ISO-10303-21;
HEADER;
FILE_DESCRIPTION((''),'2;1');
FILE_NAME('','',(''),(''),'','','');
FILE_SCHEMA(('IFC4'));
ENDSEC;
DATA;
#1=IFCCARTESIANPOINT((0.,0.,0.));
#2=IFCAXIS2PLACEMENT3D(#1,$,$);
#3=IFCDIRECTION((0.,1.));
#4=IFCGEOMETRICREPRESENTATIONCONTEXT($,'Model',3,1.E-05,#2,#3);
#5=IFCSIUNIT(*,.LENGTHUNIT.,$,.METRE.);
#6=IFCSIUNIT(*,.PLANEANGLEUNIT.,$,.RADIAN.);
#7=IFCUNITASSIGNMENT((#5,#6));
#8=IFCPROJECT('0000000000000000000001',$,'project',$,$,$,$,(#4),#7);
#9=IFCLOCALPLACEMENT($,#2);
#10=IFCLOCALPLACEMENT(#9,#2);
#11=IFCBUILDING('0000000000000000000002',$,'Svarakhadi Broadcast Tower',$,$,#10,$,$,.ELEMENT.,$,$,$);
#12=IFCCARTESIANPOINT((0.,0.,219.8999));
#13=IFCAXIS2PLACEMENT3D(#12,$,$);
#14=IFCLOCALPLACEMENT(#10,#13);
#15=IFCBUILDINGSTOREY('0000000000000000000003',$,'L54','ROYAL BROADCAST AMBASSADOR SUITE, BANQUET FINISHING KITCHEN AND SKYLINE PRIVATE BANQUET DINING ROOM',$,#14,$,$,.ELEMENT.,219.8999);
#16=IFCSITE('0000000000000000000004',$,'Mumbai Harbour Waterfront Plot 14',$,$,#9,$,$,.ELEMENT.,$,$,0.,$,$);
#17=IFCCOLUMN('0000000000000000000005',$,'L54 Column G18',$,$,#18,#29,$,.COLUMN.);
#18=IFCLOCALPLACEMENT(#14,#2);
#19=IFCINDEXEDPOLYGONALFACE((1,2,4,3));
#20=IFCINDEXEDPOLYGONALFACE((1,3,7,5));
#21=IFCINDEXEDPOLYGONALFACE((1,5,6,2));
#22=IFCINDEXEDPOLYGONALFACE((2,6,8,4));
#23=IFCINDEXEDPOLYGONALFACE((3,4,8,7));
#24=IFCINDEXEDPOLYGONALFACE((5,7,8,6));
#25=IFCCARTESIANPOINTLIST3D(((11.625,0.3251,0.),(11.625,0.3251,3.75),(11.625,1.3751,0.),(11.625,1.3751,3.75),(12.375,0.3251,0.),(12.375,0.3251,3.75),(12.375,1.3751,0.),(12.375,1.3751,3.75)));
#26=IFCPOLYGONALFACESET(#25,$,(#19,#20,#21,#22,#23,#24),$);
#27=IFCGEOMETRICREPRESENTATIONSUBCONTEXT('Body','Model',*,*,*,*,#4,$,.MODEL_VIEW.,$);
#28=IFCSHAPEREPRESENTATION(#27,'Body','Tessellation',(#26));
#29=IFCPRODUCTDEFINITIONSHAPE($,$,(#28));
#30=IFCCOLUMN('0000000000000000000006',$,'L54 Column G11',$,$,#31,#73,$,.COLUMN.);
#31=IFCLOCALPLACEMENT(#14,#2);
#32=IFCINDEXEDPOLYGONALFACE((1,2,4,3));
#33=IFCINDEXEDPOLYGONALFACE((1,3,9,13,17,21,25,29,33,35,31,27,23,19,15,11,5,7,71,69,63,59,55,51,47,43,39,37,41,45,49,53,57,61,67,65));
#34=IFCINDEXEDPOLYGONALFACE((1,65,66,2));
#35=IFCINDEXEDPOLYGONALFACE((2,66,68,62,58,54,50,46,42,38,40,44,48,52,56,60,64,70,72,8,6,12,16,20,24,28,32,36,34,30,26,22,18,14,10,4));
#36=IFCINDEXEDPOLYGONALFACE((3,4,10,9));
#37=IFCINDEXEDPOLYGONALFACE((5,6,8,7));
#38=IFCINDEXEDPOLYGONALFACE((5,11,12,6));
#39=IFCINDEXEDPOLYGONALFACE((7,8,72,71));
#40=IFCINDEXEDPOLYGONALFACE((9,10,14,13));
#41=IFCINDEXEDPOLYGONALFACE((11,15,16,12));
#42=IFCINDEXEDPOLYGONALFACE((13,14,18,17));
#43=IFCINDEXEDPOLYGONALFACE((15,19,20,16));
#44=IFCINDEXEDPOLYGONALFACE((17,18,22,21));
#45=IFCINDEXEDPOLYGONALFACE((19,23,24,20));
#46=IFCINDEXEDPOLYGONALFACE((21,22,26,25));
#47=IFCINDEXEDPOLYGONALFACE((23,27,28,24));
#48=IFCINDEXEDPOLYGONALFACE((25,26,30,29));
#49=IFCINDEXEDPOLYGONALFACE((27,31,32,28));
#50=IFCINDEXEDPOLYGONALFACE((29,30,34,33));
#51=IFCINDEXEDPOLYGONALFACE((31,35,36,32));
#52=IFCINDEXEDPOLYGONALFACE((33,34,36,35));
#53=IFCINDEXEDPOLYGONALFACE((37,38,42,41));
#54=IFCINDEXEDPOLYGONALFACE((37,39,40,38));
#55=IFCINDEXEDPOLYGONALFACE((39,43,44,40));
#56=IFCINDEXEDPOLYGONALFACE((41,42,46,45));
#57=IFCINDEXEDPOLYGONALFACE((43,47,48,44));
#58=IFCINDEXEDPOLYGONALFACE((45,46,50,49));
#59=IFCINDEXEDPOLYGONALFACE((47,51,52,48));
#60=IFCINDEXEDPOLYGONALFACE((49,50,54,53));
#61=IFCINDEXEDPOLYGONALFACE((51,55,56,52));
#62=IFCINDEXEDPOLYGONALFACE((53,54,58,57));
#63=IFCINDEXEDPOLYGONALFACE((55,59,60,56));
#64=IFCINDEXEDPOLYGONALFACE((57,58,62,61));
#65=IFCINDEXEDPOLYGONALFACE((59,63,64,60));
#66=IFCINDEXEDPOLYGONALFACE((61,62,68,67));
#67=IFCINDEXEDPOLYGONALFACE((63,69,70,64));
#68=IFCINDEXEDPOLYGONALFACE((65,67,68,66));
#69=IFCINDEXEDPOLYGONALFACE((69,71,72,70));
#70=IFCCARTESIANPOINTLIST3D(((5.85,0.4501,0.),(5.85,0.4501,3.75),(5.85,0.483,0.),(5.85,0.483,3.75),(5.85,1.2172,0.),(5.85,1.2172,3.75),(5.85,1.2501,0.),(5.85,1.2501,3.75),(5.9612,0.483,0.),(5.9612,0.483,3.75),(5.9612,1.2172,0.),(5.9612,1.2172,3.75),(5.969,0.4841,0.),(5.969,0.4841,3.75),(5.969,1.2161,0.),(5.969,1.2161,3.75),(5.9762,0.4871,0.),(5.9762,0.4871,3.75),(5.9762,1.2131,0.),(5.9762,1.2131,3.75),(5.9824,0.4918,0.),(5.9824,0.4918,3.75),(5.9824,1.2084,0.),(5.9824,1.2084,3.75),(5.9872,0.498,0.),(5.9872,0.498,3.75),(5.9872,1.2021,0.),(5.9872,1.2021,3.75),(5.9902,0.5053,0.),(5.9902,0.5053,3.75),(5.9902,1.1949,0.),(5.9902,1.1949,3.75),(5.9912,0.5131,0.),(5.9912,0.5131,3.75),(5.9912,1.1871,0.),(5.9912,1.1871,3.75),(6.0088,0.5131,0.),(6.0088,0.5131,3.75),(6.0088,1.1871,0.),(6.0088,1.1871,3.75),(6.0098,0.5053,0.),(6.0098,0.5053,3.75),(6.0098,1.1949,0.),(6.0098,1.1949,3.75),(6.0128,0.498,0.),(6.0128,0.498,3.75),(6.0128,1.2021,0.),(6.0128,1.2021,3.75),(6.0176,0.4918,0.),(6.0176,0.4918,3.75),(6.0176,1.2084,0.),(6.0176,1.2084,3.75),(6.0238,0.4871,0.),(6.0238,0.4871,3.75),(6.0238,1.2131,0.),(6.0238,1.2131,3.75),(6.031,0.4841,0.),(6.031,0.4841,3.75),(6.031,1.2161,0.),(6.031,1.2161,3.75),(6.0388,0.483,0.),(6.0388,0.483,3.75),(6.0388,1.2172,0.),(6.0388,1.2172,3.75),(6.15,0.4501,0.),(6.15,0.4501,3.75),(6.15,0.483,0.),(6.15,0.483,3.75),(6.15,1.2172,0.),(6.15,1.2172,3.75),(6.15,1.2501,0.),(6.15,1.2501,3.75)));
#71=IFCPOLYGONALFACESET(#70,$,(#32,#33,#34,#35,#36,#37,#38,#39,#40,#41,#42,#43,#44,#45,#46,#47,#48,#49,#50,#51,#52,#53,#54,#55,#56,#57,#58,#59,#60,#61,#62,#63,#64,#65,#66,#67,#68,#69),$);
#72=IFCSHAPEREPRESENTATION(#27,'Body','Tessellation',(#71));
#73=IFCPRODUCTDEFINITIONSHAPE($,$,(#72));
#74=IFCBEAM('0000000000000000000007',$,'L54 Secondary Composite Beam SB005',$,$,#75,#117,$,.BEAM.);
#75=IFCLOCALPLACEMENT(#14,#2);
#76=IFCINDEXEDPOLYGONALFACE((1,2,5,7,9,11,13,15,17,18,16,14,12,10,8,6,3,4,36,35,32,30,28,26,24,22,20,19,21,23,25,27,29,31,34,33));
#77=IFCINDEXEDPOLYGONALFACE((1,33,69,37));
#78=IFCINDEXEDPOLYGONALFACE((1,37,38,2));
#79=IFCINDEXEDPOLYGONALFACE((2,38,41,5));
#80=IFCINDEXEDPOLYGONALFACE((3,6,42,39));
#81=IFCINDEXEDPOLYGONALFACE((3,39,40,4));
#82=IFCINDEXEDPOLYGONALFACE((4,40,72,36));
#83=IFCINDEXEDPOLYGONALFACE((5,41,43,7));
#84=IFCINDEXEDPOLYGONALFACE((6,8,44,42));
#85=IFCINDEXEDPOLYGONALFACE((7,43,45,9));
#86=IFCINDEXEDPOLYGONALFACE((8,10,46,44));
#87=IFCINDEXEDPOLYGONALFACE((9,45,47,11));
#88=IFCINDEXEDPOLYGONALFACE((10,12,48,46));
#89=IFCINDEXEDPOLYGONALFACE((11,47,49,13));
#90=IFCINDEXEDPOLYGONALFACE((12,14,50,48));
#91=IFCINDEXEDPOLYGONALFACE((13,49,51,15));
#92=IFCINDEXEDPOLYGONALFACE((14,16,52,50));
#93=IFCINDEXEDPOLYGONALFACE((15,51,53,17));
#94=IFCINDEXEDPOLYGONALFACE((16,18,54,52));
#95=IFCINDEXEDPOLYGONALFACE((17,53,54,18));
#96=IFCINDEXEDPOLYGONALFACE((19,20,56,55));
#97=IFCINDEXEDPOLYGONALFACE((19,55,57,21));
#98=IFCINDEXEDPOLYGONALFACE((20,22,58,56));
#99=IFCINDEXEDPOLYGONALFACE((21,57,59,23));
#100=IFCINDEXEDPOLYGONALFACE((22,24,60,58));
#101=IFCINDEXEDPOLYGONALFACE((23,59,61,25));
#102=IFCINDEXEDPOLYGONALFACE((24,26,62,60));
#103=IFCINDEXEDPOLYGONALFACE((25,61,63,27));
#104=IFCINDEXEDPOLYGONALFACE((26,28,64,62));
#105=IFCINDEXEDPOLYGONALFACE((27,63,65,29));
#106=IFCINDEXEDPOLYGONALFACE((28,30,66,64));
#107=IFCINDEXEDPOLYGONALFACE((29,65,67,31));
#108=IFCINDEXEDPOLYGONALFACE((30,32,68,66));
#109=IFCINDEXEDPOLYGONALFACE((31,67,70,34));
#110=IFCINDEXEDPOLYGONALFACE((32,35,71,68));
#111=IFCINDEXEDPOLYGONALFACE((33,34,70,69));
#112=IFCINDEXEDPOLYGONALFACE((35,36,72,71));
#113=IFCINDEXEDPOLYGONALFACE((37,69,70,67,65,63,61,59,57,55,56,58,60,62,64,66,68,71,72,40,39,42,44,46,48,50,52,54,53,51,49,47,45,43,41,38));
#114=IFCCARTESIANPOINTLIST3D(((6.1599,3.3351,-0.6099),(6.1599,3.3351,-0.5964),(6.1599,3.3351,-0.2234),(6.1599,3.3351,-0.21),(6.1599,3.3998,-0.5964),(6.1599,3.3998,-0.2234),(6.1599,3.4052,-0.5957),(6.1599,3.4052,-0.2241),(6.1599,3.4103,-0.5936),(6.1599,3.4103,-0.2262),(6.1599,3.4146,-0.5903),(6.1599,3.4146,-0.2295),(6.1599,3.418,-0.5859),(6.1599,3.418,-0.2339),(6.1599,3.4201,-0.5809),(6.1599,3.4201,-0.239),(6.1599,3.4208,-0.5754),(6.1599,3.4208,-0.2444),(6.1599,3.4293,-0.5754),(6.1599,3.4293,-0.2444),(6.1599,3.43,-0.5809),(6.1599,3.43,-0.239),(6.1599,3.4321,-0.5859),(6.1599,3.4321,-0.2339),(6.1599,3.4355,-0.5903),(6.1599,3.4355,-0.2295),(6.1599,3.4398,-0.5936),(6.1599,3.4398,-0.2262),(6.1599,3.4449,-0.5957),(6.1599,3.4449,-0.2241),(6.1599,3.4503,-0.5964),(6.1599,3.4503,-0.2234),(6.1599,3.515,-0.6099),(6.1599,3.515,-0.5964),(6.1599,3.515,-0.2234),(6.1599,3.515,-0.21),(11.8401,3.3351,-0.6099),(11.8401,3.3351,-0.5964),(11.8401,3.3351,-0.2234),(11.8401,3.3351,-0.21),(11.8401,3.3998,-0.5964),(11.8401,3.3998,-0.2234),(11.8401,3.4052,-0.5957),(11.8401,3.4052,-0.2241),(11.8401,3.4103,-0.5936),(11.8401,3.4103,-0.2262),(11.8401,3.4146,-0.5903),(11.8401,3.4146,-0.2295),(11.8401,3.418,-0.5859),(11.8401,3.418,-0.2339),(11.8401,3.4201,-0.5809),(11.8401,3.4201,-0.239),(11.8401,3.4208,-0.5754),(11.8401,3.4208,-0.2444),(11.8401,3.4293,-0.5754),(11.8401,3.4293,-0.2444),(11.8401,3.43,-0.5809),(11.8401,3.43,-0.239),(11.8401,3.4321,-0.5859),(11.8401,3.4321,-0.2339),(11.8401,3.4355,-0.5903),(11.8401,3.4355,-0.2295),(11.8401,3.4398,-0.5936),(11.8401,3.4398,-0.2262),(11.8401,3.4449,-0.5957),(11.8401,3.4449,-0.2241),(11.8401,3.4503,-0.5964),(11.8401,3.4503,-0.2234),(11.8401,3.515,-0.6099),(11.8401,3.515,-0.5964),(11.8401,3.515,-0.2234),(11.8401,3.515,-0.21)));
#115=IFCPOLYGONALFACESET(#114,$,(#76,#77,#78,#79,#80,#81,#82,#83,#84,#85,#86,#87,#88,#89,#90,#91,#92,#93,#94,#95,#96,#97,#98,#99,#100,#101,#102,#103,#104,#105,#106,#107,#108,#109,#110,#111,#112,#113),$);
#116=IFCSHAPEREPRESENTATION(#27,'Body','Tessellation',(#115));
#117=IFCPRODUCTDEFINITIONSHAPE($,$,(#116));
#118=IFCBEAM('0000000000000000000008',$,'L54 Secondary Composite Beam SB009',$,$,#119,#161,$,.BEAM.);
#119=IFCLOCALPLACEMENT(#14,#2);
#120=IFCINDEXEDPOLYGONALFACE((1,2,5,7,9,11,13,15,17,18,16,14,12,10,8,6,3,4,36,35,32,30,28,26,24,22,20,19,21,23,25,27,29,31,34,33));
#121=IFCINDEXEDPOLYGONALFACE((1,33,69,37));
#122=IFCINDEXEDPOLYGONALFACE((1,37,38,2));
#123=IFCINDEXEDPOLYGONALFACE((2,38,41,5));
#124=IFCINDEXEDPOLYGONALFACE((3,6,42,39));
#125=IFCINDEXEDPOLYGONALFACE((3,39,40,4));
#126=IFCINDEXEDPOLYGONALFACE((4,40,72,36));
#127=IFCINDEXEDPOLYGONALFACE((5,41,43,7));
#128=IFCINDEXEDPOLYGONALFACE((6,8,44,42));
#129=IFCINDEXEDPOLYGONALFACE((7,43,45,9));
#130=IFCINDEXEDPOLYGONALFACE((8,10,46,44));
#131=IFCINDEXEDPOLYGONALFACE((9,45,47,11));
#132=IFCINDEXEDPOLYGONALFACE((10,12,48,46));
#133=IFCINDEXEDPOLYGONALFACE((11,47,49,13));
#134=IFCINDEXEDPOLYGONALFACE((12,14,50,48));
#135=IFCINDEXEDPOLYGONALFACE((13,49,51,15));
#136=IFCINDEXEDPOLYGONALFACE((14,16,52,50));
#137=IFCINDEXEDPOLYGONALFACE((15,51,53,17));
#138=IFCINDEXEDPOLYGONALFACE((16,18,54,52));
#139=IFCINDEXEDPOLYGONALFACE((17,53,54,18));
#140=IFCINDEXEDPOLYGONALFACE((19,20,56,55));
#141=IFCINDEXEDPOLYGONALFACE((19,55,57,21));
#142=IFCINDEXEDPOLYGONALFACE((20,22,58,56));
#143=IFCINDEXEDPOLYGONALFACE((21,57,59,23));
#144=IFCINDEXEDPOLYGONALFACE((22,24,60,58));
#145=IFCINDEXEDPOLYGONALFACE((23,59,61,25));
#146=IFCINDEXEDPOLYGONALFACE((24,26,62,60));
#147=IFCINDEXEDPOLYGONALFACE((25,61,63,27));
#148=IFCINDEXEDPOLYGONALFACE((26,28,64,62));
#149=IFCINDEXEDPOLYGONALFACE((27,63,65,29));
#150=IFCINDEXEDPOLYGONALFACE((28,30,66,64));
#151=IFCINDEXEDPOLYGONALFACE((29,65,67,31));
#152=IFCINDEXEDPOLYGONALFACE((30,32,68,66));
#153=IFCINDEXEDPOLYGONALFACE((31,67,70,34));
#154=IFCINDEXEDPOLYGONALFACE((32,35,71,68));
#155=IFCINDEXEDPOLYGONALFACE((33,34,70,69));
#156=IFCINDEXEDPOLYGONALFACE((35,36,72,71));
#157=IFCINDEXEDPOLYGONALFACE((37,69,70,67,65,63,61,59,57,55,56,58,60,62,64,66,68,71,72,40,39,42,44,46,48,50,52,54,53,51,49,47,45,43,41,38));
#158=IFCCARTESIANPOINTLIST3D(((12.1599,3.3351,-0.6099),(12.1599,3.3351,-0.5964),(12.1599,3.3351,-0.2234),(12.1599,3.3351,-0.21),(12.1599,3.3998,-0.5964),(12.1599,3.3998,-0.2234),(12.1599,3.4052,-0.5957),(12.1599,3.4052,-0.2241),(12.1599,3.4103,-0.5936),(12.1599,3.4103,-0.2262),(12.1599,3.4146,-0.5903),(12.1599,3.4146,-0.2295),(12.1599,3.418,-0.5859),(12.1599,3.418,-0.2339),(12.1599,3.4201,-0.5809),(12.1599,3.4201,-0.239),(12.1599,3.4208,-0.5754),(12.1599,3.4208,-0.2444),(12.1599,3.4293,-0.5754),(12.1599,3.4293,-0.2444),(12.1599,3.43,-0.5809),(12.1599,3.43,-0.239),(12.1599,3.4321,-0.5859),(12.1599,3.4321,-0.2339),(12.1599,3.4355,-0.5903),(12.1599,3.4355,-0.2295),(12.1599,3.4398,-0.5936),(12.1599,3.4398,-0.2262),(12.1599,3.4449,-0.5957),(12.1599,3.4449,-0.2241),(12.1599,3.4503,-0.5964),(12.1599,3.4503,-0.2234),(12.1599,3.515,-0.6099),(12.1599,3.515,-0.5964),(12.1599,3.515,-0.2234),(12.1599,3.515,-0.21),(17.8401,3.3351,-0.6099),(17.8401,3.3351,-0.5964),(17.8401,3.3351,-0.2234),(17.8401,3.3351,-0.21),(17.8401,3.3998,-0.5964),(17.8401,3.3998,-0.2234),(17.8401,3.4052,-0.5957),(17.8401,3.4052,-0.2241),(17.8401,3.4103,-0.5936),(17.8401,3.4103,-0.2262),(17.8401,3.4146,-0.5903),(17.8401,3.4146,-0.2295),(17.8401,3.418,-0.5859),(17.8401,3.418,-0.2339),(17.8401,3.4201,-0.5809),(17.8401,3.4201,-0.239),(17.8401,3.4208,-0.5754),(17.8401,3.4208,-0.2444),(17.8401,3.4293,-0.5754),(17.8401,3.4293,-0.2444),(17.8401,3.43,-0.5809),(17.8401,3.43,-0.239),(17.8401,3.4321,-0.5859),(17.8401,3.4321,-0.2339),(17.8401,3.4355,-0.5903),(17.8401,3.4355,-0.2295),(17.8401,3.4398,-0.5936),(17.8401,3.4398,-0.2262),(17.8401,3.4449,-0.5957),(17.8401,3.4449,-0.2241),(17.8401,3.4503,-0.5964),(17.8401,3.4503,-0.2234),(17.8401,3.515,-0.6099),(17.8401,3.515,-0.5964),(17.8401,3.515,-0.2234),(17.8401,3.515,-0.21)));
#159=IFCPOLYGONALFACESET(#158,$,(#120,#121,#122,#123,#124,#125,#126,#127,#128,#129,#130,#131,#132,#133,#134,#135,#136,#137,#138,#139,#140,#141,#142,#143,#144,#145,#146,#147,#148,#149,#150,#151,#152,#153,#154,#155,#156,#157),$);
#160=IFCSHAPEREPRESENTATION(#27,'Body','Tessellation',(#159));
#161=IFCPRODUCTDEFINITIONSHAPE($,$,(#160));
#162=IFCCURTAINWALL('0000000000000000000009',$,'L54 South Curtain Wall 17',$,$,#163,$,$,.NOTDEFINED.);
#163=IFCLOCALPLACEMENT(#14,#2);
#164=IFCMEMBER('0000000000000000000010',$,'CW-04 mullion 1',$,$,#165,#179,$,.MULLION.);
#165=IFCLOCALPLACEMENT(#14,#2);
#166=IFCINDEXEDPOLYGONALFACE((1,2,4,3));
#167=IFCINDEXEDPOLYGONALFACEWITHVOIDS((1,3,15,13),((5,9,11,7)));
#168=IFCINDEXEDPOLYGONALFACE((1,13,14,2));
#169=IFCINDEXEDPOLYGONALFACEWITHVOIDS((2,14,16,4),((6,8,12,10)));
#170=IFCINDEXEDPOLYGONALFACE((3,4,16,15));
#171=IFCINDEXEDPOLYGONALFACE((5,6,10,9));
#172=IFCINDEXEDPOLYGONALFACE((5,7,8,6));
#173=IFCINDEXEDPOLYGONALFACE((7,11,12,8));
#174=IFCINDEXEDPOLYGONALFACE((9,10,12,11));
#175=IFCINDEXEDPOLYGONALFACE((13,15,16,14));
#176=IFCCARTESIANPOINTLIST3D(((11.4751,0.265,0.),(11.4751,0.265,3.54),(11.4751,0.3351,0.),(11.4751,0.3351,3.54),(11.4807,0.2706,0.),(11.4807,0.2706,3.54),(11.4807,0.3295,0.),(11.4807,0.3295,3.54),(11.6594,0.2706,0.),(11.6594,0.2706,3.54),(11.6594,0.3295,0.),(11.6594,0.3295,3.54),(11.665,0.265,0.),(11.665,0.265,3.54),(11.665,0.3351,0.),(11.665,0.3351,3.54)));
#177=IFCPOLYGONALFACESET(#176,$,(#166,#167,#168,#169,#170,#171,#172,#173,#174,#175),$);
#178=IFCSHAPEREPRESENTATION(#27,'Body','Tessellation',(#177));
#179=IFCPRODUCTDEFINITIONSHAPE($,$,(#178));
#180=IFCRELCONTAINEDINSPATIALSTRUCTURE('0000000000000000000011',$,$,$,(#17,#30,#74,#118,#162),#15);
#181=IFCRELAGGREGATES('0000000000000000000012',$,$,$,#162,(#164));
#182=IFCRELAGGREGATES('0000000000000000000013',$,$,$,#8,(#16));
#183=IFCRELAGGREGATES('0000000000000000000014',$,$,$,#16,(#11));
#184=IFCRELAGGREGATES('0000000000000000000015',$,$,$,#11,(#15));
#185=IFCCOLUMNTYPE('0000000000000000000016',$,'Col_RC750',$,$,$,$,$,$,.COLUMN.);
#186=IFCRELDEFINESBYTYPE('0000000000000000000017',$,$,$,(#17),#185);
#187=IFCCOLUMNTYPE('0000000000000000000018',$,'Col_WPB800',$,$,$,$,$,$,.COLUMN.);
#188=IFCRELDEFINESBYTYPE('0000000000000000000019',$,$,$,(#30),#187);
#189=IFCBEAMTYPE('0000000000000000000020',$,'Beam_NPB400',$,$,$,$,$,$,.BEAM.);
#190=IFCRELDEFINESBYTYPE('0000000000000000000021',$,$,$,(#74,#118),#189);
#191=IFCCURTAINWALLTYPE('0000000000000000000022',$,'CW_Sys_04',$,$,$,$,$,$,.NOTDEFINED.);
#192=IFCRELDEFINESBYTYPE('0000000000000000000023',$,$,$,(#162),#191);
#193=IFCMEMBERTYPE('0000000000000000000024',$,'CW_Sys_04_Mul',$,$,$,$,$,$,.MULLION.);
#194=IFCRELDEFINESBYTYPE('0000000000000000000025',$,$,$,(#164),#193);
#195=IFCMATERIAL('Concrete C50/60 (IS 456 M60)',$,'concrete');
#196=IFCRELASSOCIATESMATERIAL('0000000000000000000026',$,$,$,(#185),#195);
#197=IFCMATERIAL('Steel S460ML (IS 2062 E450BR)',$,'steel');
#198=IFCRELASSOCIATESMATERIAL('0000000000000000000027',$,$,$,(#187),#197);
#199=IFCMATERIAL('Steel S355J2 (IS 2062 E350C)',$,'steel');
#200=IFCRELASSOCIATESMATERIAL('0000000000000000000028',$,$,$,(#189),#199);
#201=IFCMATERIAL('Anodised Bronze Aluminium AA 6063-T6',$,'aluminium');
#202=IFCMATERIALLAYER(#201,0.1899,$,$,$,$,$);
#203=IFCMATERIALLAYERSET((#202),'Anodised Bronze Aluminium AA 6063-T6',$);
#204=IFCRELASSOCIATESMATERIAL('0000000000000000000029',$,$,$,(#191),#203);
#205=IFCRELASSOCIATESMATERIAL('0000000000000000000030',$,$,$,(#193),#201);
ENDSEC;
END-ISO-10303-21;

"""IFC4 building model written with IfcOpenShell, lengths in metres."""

from ifc_helpers import new_model, si_unit, direction, frame, origin, origin_2d, place, context, subcontext, project, spatial, rectangle, hollow_rectangle, i_section, extrude, material, layer, layer_set, material_profile, profile_set, type_object, element, aggregate, save


model = new_model("IFC4")

# Units and contexts
model_context = context("Model", 3, precision=1e-05, world=origin(), true_north=direction((0.0, 1.0)))
body_context = subcontext(model_context, "Body", "Model", "MODEL_VIEW")
ifc_project = project(units=[si_unit("LENGTHUNIT", "METRE"), si_unit("PLANEANGLEUNIT", "RADIAN")], contexts=[model_context])

# Site, building, storey
site_placement = place(None, origin())
site = spatial("IfcSite", under=ifc_project, at=site_placement, Name="Mumbai Harbour Waterfront Plot 14", CompositionType="ELEMENT", RefElevation=0.0)
building_placement = place(site_placement, origin())
building = spatial("IfcBuilding", under=site, at=building_placement, Name="Svarakhadi Broadcast Tower", CompositionType="ELEMENT")
storey_placement = place(building_placement, frame((0.0, 0.0, 219.8999)))
storey = spatial("IfcBuildingStorey", under=building, at=storey_placement, Name="L54", Description="ROYAL BROADCAST AMBASSADOR SUITE, BANQUET FINISHING KITCHEN AND SKYLINE PRIVATE BANQUET DINING ROOM", CompositionType="ELEMENT", Elevation=219.8999)

# Columns
ifc_material_1 = material(Name="Concrete C50/60 (IS 456 M60)", Category="concrete")
ifc_material_profile_1 = material_profile(ifc_material_1, rectangle(XDim=0.75, YDim=1.05, at=origin_2d()), Name="RC 750x1050")
ifc_profile_set_1 = profile_set([ifc_material_profile_1], Name="Concrete C50/60 (IS 456 M60)")
column_type_1 = type_object("IfcColumnType", Name="Col_RC750", PredefinedType="COLUMN", material=ifc_profile_set_1)
column_1_placement = place(storey_placement, frame((12.0, 0.8501, 0.0), z_axis=(0.0, 0.0, 1.0), x_axis=(1.0, 0.0, 0.0)))
element("IfcColumn", 1, at=column_1_placement, inside=storey, type_object=column_type_1, Name="L54 Column G18", PredefinedType="COLUMN", context=body_context, shape_type="SweptSolid", body=[
    extrude(rectangle(XDim=0.75, YDim=1.05, at=origin_2d()), origin(), (0.0, 0.0, 1.0), 3.75),
])
ifc_material_2 = material(Name="Steel S460ML (IS 2062 E450BR)", Category="steel")
ifc_material_profile_2 = material_profile(ifc_material_2, i_section(OverallWidth=0.3, OverallDepth=0.8, WebThickness=0.0176, FlangeThickness=0.033, FilletRadius=0.03, at=origin_2d()), Name="WPB 800x300x262")
ifc_profile_set_2 = profile_set([ifc_material_profile_2], Name="Steel S460ML (IS 2062 E450BR)")
column_type_2 = type_object("IfcColumnType", Name="Col_WPB800", PredefinedType="COLUMN", material=ifc_profile_set_2)
column_2_placement = place(storey_placement, frame((6.0, 0.8501, 0.0), z_axis=(0.0, 0.0, 1.0), x_axis=(1.0, 0.0, 0.0)))
element("IfcColumn", 2, at=column_2_placement, inside=storey, type_object=column_type_2, Name="L54 Column G11", PredefinedType="COLUMN", context=body_context, shape_type="SweptSolid", body=[
    extrude(i_section(OverallWidth=0.3, OverallDepth=0.8, WebThickness=0.0176, FlangeThickness=0.033, FilletRadius=0.03, at=origin_2d()), origin(), (0.0, 0.0, 1.0), 3.75),
])

# Beams
ifc_material_3 = material(Name="Steel S355J2 (IS 2062 E350C)", Category="steel")
ifc_material_profile_3 = material_profile(ifc_material_3, i_section(OverallWidth=0.1799, OverallDepth=0.3999, WebThickness=0.0085, FlangeThickness=0.0134, FilletRadius=0.021, at=origin_2d()), Name="NPB 400x180x66")
ifc_profile_set_3 = profile_set([ifc_material_profile_3], Name="Steel S355J2 (IS 2062 E350C)")
beam_type_1 = type_object("IfcBeamType", Name="Beam_NPB400", PredefinedType="BEAM", material=ifc_profile_set_3)
for number, where, z_axis, x_axis, name in (
    (3, (6.1599, 3.425, -0.4099), (1.0, 0.0, 0.0), (0.0, 1.0, 0.0), "L54 Secondary Composite Beam SB005"),
    (4, (12.1599, 3.425, -0.4099), (1.0, 0.0, 0.0), (0.0, 1.0, 0.0), "L54 Secondary Composite Beam SB009"),
):
    element("IfcBeam", number, at=place(storey_placement, frame(where, z_axis=z_axis, x_axis=x_axis)), inside=storey, type_object=beam_type_1, Name=name, PredefinedType="BEAM", context=body_context, shape_type="SweptSolid", body=[
        extrude(i_section(OverallWidth=0.1799, OverallDepth=0.3999, WebThickness=0.0085, FlangeThickness=0.0134, FilletRadius=0.021, at=origin_2d()), origin(), (0.0, 0.0, 1.0), 5.6802),
    ])

# Curtain wall, member
ifc_material_4 = material(Name="Anodised Bronze Aluminium AA 6063-T6", Category="aluminium")
ifc_layer_1 = layer(ifc_material_4, 0.1899)
ifc_layer_set_1 = layer_set([ifc_layer_1], Name="Anodised Bronze Aluminium AA 6063-T6")
curtain_wall_type = type_object("IfcCurtainWallType", Name="CW_Sys_04", PredefinedType="NOTDEFINED", material=ifc_layer_set_1)
curtain_wall_placement = place(storey_placement, origin())
curtain_wall = element("IfcCurtainWall", 5, at=curtain_wall_placement, inside=storey, type_object=curtain_wall_type, Name="L54 South Curtain Wall 17", PredefinedType="NOTDEFINED")
ifc_material_profile_4 = material_profile(ifc_material_4, hollow_rectangle(XDim=0.0701, YDim=0.1899, WallThickness=0.0056, at=origin_2d()), Name="ALU MULLION 190x70x6")
ifc_profile_set_4 = profile_set([ifc_material_profile_4], Name="Anodised Bronze Aluminium AA 6063-T6")
member_type_1 = type_object("IfcMemberType", Name="CW_Sys_04_Mul", PredefinedType="MULLION", material=ifc_profile_set_4)
member_1_placement = place(storey_placement, frame((11.5701, 0.3, 0.0), z_axis=(0.0, 0.0, 1.0), x_axis=(0.0, -1.0, 0.0)))
member_1 = element("IfcMember", 6, at=member_1_placement, type_object=member_type_1, Name="CW-04 mullion 1", PredefinedType="MULLION", context=body_context, shape_type="SweptSolid", body=[
    extrude(hollow_rectangle(XDim=0.0701, YDim=0.1899, WallThickness=0.0056, at=origin_2d()), origin(), (0.0, 0.0, 1.0), 3.54),
])

aggregate(curtain_wall, [member_1])

save(model, "model.ifc")
